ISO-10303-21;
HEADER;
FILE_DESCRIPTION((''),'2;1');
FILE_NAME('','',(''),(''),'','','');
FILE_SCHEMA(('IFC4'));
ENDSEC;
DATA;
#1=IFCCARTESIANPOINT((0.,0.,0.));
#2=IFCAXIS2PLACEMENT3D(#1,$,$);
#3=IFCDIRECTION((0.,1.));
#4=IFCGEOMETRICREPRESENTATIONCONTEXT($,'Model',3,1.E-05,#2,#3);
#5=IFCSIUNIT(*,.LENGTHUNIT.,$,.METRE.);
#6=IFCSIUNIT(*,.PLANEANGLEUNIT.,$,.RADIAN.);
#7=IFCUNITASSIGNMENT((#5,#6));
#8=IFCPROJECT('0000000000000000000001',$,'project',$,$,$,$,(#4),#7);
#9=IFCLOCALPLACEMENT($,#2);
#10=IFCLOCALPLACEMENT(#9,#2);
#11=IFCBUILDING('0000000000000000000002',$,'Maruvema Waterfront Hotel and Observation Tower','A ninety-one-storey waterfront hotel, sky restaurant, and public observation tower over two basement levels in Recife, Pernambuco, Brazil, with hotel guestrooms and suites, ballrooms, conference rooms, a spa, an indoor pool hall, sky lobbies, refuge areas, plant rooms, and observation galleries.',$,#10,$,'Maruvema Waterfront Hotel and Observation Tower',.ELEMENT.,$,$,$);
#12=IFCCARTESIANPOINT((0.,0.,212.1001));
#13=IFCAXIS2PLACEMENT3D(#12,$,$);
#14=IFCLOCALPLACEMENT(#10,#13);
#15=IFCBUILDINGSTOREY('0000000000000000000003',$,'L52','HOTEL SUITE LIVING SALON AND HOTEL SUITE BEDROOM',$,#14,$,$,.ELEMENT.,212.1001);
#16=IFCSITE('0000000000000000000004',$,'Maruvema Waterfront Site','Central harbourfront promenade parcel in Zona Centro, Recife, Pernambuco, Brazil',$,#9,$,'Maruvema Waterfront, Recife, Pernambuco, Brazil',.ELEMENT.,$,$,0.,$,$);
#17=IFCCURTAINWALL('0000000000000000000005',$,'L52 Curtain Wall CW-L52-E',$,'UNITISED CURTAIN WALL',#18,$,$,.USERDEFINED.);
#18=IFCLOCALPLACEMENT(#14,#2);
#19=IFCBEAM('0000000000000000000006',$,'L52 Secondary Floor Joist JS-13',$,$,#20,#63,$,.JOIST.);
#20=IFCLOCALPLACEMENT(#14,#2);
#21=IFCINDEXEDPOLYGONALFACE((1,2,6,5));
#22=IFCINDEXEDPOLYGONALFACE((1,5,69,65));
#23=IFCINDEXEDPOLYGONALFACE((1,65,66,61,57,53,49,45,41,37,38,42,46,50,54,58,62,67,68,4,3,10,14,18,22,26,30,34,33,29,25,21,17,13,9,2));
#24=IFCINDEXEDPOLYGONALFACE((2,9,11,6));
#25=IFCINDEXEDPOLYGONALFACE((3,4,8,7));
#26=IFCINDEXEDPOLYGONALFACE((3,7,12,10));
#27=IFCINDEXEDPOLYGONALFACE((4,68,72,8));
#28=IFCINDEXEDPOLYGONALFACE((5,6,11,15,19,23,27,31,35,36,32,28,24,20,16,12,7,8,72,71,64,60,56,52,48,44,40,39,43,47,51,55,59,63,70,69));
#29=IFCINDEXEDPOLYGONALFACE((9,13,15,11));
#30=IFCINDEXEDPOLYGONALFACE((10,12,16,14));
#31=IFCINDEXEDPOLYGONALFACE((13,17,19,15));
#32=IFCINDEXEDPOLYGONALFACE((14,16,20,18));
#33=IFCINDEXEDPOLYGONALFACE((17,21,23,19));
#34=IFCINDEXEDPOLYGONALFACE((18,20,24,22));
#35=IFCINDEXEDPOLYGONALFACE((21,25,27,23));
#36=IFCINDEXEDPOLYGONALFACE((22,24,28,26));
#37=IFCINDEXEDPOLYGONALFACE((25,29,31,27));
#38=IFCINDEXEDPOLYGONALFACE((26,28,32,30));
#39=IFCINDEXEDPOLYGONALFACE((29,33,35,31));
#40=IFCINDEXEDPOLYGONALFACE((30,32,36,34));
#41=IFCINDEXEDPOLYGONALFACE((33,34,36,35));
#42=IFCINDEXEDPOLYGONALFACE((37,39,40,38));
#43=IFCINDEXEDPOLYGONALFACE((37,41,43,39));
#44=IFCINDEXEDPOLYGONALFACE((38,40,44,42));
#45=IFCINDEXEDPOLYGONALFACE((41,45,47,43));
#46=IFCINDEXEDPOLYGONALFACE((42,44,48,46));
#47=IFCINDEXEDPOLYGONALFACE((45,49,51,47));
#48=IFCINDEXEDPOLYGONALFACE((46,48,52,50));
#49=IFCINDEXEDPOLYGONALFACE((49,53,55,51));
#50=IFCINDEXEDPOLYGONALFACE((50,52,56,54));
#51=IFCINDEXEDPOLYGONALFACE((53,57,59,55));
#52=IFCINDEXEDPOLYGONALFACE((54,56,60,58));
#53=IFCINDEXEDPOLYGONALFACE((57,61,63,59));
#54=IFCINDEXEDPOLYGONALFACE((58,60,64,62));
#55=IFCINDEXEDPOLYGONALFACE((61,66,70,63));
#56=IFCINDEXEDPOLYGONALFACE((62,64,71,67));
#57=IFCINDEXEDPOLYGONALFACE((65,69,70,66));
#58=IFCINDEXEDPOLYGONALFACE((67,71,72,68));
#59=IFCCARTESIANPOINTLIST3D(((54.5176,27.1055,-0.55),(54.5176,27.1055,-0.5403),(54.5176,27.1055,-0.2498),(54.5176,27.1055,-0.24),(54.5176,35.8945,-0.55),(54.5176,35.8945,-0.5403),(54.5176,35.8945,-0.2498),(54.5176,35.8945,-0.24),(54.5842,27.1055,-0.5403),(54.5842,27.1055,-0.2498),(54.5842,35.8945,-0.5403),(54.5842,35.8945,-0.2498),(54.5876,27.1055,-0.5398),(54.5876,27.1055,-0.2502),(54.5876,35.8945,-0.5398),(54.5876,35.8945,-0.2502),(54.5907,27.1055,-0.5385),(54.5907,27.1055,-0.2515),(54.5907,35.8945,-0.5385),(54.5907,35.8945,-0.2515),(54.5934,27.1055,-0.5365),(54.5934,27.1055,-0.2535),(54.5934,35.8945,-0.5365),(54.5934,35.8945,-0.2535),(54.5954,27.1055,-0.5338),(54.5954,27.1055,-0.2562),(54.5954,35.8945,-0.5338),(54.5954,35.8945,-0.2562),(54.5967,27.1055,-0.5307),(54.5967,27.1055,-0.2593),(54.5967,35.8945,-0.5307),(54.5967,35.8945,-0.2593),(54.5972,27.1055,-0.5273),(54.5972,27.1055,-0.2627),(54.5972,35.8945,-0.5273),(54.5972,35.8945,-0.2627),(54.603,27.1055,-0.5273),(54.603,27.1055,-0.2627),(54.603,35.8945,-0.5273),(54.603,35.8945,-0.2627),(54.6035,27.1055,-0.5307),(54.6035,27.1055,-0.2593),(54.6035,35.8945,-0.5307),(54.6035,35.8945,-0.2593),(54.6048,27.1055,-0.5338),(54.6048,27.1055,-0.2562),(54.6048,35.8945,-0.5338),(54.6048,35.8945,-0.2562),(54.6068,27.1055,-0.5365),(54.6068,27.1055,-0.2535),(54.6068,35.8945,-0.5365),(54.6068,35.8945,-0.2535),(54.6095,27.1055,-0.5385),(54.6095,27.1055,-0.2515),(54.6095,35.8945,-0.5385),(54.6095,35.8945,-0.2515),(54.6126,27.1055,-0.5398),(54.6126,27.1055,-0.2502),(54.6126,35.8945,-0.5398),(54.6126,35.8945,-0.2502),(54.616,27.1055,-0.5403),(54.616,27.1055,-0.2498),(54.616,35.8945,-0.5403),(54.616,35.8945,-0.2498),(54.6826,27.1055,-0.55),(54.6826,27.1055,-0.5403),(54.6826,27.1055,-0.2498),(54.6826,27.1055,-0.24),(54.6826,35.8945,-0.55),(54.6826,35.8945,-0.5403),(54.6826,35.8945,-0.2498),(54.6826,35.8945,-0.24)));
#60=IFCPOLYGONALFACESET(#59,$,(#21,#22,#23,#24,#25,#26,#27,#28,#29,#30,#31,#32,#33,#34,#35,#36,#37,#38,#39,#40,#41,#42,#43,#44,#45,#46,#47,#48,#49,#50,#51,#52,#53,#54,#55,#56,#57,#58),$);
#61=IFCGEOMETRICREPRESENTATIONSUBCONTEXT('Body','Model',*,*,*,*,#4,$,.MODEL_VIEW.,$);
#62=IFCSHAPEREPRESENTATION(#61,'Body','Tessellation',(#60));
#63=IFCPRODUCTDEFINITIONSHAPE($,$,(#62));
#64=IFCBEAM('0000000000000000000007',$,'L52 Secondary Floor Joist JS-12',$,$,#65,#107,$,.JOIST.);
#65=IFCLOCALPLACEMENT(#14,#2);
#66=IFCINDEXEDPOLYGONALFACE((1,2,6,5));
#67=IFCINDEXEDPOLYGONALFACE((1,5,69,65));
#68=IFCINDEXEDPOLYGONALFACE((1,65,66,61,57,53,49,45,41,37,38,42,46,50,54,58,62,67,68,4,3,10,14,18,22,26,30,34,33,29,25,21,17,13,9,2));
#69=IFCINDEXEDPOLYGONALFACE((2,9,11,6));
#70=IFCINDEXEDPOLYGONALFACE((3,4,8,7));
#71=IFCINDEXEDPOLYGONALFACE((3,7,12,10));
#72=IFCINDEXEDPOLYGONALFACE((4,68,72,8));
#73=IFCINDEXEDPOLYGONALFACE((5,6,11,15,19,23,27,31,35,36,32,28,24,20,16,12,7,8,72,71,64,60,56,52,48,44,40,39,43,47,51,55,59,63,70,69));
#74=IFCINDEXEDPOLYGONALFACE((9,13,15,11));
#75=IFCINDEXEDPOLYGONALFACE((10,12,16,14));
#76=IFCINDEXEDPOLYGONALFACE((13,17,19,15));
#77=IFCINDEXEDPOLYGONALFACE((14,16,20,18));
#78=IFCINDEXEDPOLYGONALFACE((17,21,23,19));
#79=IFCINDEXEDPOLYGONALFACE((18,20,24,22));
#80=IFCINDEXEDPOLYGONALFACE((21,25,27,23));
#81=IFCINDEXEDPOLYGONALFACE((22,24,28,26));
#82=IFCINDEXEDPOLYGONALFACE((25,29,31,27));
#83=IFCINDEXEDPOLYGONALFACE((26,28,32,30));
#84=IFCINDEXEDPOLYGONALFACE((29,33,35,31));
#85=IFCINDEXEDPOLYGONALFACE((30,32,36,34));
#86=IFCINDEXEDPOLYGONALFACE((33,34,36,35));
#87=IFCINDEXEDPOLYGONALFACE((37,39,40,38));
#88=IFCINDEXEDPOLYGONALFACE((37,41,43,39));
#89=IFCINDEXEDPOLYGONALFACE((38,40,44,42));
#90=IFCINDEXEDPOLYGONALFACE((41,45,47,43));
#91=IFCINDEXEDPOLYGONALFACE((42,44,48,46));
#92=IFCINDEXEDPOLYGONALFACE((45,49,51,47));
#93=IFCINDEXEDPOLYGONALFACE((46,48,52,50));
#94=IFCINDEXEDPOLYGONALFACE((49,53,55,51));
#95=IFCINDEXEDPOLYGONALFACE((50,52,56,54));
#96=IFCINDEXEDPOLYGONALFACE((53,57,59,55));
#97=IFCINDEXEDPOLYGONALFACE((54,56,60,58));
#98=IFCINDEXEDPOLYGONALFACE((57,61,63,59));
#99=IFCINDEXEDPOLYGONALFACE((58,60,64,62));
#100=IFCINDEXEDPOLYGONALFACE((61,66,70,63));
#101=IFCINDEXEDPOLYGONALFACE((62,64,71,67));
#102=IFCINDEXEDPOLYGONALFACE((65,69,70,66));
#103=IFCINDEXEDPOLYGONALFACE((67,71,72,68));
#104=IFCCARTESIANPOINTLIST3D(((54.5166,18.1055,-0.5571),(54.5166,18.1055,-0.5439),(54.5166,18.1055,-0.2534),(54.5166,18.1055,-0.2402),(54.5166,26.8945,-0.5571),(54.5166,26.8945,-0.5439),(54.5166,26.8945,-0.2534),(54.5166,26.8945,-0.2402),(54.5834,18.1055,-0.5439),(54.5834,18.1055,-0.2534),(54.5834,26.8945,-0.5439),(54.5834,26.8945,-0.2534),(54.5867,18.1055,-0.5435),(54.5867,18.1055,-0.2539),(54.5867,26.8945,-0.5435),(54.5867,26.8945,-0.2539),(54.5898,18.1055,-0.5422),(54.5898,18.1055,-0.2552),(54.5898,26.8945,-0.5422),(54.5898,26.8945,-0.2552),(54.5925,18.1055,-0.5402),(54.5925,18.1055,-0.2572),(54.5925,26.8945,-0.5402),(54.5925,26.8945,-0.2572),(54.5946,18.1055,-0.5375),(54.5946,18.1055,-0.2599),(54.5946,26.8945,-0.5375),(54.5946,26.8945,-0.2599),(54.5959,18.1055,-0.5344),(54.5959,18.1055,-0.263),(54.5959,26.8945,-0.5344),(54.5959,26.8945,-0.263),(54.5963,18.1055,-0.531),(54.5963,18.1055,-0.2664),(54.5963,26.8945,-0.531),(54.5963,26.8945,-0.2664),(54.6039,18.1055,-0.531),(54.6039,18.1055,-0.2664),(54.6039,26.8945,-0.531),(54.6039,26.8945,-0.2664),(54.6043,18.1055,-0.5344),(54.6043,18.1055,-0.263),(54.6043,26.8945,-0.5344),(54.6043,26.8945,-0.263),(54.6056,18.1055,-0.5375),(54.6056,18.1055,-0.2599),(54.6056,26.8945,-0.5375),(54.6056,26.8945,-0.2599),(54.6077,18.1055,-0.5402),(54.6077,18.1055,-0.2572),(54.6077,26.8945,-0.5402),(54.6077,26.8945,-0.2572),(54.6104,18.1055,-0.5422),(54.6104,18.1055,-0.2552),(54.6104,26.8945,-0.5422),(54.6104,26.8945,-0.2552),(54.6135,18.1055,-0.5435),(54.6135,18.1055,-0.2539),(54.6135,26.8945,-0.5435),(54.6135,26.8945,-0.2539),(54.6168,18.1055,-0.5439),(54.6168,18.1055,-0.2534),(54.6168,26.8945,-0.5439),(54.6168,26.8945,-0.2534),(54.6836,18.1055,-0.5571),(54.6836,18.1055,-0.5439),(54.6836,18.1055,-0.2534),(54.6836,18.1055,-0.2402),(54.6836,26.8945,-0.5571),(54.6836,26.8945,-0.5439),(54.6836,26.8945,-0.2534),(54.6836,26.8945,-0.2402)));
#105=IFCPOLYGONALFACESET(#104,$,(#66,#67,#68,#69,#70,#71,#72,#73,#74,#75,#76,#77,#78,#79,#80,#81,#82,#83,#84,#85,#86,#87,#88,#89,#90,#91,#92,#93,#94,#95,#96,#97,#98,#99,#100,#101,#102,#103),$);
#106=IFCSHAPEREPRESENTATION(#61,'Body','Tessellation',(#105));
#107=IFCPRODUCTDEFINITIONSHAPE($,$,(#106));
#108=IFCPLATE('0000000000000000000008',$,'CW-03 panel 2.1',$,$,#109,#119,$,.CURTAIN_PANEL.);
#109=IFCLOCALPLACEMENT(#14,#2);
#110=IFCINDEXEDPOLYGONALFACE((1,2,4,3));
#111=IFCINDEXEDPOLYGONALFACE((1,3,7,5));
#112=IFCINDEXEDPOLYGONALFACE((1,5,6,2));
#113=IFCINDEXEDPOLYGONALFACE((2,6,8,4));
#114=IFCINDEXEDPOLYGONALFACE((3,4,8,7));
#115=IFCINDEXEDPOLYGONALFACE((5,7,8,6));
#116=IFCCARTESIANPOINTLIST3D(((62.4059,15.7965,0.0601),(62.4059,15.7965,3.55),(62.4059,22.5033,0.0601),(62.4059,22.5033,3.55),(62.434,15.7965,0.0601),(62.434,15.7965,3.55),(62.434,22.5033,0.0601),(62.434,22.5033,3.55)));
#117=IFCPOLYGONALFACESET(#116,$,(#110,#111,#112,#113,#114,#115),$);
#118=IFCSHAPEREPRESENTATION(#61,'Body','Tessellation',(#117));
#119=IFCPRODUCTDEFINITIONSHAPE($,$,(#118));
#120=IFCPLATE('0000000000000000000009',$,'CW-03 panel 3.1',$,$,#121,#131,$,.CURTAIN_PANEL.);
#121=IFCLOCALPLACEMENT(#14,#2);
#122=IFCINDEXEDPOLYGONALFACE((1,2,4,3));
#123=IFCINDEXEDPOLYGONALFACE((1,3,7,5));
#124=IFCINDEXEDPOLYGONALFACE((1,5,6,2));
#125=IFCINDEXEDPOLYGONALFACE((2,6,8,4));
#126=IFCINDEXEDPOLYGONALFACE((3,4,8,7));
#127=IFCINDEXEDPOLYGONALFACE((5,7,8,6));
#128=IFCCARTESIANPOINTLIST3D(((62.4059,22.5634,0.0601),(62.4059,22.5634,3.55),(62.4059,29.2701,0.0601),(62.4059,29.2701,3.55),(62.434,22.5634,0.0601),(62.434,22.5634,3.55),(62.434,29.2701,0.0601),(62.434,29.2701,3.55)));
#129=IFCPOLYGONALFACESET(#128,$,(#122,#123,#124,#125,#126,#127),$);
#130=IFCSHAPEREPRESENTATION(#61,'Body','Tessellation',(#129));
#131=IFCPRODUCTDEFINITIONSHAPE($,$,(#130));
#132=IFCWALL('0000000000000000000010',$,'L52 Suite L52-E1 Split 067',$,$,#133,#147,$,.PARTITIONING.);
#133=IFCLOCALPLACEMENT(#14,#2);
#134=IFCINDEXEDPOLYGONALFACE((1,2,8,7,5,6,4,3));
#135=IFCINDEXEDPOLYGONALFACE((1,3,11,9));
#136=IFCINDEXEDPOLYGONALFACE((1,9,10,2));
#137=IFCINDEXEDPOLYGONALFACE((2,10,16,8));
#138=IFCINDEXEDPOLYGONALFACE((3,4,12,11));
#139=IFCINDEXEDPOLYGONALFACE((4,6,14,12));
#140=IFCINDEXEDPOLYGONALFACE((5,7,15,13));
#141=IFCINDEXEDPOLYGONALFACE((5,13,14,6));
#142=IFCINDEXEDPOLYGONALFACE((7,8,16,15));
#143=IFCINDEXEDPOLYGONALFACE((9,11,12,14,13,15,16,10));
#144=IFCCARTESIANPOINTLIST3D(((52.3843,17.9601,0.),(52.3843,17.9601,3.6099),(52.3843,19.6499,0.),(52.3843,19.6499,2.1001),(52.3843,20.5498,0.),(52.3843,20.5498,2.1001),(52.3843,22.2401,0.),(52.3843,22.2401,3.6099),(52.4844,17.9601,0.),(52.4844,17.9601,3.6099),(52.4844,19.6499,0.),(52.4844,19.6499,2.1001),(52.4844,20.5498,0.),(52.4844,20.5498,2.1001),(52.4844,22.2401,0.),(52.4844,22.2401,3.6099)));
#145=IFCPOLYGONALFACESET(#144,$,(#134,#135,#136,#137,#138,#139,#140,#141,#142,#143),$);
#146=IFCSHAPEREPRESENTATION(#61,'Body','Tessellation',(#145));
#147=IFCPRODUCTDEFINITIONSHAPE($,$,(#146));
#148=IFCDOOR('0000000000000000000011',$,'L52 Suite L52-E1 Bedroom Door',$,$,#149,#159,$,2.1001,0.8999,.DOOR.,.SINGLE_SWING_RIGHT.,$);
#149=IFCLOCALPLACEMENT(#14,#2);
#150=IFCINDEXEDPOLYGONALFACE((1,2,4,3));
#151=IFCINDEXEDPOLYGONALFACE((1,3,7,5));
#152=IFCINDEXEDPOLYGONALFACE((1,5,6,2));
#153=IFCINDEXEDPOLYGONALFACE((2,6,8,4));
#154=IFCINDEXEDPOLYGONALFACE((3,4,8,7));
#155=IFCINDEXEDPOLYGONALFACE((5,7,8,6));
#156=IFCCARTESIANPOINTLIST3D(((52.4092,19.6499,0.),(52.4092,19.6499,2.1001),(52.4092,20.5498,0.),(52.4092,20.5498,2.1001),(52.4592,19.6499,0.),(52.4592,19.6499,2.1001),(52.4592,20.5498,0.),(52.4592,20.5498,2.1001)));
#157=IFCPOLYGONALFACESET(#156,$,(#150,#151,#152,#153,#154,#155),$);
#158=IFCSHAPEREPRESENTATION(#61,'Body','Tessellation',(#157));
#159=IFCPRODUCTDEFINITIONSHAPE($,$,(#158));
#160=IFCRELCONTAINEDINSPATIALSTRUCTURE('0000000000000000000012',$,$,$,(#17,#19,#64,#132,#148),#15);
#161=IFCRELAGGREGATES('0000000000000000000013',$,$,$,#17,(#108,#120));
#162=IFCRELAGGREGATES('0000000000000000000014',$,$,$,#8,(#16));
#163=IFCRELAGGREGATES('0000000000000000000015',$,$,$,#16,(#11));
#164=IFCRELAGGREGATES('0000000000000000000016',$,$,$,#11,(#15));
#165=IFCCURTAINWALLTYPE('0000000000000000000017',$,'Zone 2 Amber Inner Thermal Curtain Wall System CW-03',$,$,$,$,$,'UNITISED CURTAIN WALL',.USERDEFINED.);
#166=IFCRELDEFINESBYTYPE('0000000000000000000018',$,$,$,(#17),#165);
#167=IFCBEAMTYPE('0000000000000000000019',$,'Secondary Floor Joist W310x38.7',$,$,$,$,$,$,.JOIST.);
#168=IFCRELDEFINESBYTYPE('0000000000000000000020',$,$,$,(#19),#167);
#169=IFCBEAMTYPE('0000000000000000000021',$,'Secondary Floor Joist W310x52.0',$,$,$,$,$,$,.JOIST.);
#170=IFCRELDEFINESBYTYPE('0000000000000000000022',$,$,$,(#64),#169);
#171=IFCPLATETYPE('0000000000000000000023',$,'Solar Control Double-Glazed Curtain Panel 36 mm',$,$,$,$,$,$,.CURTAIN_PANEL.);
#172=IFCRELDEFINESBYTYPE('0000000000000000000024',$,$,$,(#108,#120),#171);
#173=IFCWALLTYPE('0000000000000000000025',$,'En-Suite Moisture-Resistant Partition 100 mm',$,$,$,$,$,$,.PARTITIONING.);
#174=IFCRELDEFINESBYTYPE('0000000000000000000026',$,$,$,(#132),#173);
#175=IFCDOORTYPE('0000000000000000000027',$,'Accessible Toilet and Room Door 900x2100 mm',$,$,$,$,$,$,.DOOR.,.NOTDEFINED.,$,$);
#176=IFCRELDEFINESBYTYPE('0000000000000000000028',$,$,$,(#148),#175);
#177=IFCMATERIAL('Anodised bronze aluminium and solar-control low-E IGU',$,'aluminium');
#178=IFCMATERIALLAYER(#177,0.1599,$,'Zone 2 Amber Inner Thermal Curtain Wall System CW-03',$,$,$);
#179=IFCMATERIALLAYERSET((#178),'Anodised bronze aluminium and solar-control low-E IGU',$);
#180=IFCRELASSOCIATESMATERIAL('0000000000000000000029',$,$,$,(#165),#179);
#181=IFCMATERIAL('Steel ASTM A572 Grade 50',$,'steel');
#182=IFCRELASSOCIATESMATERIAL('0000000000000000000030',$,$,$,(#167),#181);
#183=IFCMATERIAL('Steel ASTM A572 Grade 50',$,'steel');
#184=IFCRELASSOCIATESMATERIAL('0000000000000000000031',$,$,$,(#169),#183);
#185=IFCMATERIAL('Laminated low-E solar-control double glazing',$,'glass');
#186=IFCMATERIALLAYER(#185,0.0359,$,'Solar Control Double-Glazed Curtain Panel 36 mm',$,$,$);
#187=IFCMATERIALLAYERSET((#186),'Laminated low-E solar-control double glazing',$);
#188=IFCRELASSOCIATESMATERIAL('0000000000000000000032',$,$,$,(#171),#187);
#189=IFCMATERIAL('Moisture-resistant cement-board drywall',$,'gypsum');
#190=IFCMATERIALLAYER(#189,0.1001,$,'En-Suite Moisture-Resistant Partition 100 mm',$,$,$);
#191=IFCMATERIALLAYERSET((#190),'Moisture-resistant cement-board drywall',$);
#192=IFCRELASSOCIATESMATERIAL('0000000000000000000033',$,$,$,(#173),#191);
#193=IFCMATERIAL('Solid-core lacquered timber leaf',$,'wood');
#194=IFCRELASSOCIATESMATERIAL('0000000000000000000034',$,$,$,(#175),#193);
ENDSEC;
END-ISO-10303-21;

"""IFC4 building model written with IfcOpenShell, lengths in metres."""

from ifc_helpers import new_model, si_unit, direction, frame, frame_2d, origin, origin_2d, place, context, subcontext, project, spatial, rectangle, i_section, extrude, material, layer, layer_set, material_profile, profile_set, type_object, element, fill, aggregate, save


model = new_model("IFC4")

# Units and contexts
model_context = context("Model", 3, precision=1e-05, world=origin(), true_north=direction((0.0, 1.0)))
body_context = subcontext(model_context, "Body", "Model", "MODEL_VIEW")
ifc_project = project(units=[si_unit("LENGTHUNIT", "METRE"), si_unit("PLANEANGLEUNIT", "RADIAN")], contexts=[model_context])

# Site, building, storey
site_placement = place(None, origin())
site = spatial("IfcSite", under=ifc_project, at=site_placement, Name="Maruvema Waterfront Site", Description="Central harbourfront promenade parcel in Zona Centro, Recife, Pernambuco, Brazil", LongName="Maruvema Waterfront, Recife, Pernambuco, Brazil", CompositionType="ELEMENT", RefElevation=0.0)
building_placement = place(site_placement, origin())
building = spatial("IfcBuilding", under=site, at=building_placement, Name="Maruvema Waterfront Hotel and Observation Tower", Description="A ninety-one-storey waterfront hotel, sky restaurant, and public observation tower over two basement levels in Recife, Pernambuco, Brazil, with hotel guestrooms and suites, ballrooms, conference rooms, a spa, an indoor pool hall, sky lobbies, refuge areas, plant rooms, and observation galleries.", LongName="Maruvema Waterfront Hotel and Observation Tower", CompositionType="ELEMENT")
storey_placement = place(building_placement, frame((0.0, 0.0, 212.1001)))
storey = spatial("IfcBuildingStorey", under=building, at=storey_placement, Name="L52", Description="HOTEL SUITE LIVING SALON AND HOTEL SUITE BEDROOM", CompositionType="ELEMENT", Elevation=212.1001)

# Curtain wall
ifc_material_1 = material(Name="Anodised bronze aluminium and solar-control low-E IGU", Category="aluminium")
ifc_layer_1 = layer(ifc_material_1, 0.1599, Name="Zone 2 Amber Inner Thermal Curtain Wall System CW-03")
ifc_layer_set_1 = layer_set([ifc_layer_1], Name="Anodised bronze aluminium and solar-control low-E IGU")
curtain_wall_type = type_object("IfcCurtainWallType", Name="Zone 2 Amber Inner Thermal Curtain Wall System CW-03", ElementType="UNITISED CURTAIN WALL", PredefinedType="USERDEFINED", material=ifc_layer_set_1)
curtain_wall_placement = place(storey_placement, origin())
curtain_wall = element("IfcCurtainWall", 1, at=curtain_wall_placement, inside=storey, type_object=curtain_wall_type, Name="L52 Curtain Wall CW-L52-E", ObjectType="UNITISED CURTAIN WALL", PredefinedType="USERDEFINED")

# Beams
ifc_material_2 = material(Name="Steel ASTM A572 Grade 50", Category="steel")
ifc_material_profile_1 = material_profile(ifc_material_2, i_section(OverallWidth=0.165, OverallDepth=0.3101, WebThickness=0.0059, FlangeThickness=0.0098, FilletRadius=0.0129, at=origin_2d()), Name="W310x38.7")
ifc_profile_set_1 = profile_set([ifc_material_profile_1], Name="Steel ASTM A572 Grade 50")
beam_type_1 = type_object("IfcBeamType", Name="Secondary Floor Joist W310x38.7", PredefinedType="JOIST", material=ifc_profile_set_1)
beam_1_placement = place(storey_placement, frame((54.6001, 27.1055, -0.395), z_axis=(0.0, 1.0, 0.0), x_axis=(-1.0, 0.0, 0.0)))
element("IfcBeam", 2, at=beam_1_placement, inside=storey, type_object=beam_type_1, Name="L52 Secondary Floor Joist JS-13", PredefinedType="JOIST", context=body_context, shape_type="SweptSolid", body=[
    extrude(i_section(OverallWidth=0.165, OverallDepth=0.3101, WebThickness=0.0059, FlangeThickness=0.0098, FilletRadius=0.0129, at=origin_2d()), origin(), (0.0, 0.0, 1.0), 8.7891),
])
ifc_material_3 = material(Name="Steel ASTM A572 Grade 50", Category="steel")
ifc_material_profile_2 = material_profile(ifc_material_3, i_section(OverallWidth=0.167, OverallDepth=0.3169, WebThickness=0.0076, FlangeThickness=0.0132, FilletRadius=0.0129, at=origin_2d()), Name="W310x52.0")
ifc_profile_set_2 = profile_set([ifc_material_profile_2], Name="Steel ASTM A572 Grade 50")
beam_type_2 = type_object("IfcBeamType", Name="Secondary Floor Joist W310x52.0", PredefinedType="JOIST", material=ifc_profile_set_2)
beam_2_placement = place(storey_placement, frame((54.6001, 18.1055, -0.3987), z_axis=(0.0, 1.0, 0.0), x_axis=(-1.0, 0.0, 0.0)))
element("IfcBeam", 3, at=beam_2_placement, inside=storey, type_object=beam_type_2, Name="L52 Secondary Floor Joist JS-12", PredefinedType="JOIST", context=body_context, shape_type="SweptSolid", body=[
    extrude(i_section(OverallWidth=0.167, OverallDepth=0.3169, WebThickness=0.0076, FlangeThickness=0.0132, FilletRadius=0.0129, at=origin_2d()), origin(), (0.0, 0.0, 1.0), 8.7891),
])

# Plates
ifc_material_4 = material(Name="Laminated low-E solar-control double glazing", Category="glass")
ifc_layer_2 = layer(ifc_material_4, 0.0359, Name="Solar Control Double-Glazed Curtain Panel 36 mm")
ifc_layer_set_2 = layer_set([ifc_layer_2], Name="Laminated low-E solar-control double glazing")
plate_type = type_object("IfcPlateType", Name="Solar Control Double-Glazed Curtain Panel 36 mm", PredefinedType="CURTAIN_PANEL", material=ifc_layer_set_2)
plate_1_placement = place(storey_placement, frame((62.4199, 19.1499, 0.0601), z_axis=(0.0, 0.0, 1.0), x_axis=(0.0, 1.0, 0.0)))
plate_1 = element("IfcPlate", 4, at=plate_1_placement, type_object=plate_type, Name="CW-03 panel 2.1", PredefinedType="CURTAIN_PANEL", context=body_context, shape_type="SweptSolid", body=[
    extrude(rectangle(XDim=6.7068, YDim=0.0281, at=origin_2d()), origin(), (0.0, 0.0, 1.0), 3.49),
])
plate_2_placement = place(storey_placement, frame((62.4199, 25.9167, 0.0601), z_axis=(0.0, 0.0, 1.0), x_axis=(0.0, 1.0, 0.0)))
plate_2 = element("IfcPlate", 5, at=plate_2_placement, type_object=plate_type, Name="CW-03 panel 3.1", PredefinedType="CURTAIN_PANEL", context=body_context, shape_type="SweptSolid", body=[
    extrude(rectangle(XDim=6.7068, YDim=0.0281, at=origin_2d()), origin(), (0.0, 0.0, 1.0), 3.49),
])
aggregate(curtain_wall, [plate_1, plate_2])

# Wall, opening, door
ifc_material_5 = material(Name="Moisture-resistant cement-board drywall", Category="gypsum")
ifc_layer_3 = layer(ifc_material_5, 0.1001, Name="En-Suite Moisture-Resistant Partition 100 mm")
ifc_layer_set_3 = layer_set([ifc_layer_3], Name="Moisture-resistant cement-board drywall")
wall_type = type_object("IfcWallType", Name="En-Suite Moisture-Resistant Partition 100 mm", PredefinedType="PARTITIONING", material=ifc_layer_set_3)
wall_1_placement = place(storey_placement, frame((52.4343, 17.96, 0.0), z_axis=(0.0, 0.0, 1.0), x_axis=(0.0, 1.0, 0.0)))
wall_1 = element("IfcWall", 6, at=wall_1_placement, inside=storey, type_object=wall_type, Name="L52 Suite L52-E1 Split 067", PredefinedType="PARTITIONING", context=body_context, shape_type="SweptSolid", body=[
    extrude(rectangle(XDim=4.28, YDim=0.1001, at=frame_2d((2.1401, 0.0))), origin(), (0.0, 0.0, 1.0), 3.6099),
])
opening_1_placement = place(wall_1_placement, frame((1.6899, 0.0, 0.0)))
opening_1 = element("IfcOpeningElement", 7, at=opening_1_placement, cuts=wall_1, PredefinedType="OPENING", context=body_context, shape_type="SweptSolid", body=[
    extrude(rectangle(XDim=0.8999, YDim=2.1001, at=frame_2d((0.45, 1.05))), frame((0.0, 0.0601, 0.0), z_axis=(0.0, -1.0, 0.0), x_axis=(1.0, 0.0, 0.0)), (0.0, 0.0, 1.0), 0.1201),
])
ifc_material_6 = material(Name="Solid-core lacquered timber leaf", Category="wood")
door_type = type_object("IfcDoorType", Name="Accessible Toilet and Room Door 900x2100 mm", OperationType="NOTDEFINED", PredefinedType="DOOR", material=ifc_material_6)
door_1_placement = place(opening_1_placement, frame((0.8999, 0.0, 0.0), z_axis=(0.0, 0.0, 1.0), x_axis=(-1.0, 0.0, 0.0)))
door_1 = element("IfcDoor", 8, at=door_1_placement, inside=storey, type_object=door_type, Name="L52 Suite L52-E1 Bedroom Door", OperationType="SINGLE_SWING_RIGHT", OverallHeight=2.1001, OverallWidth=0.8999, PredefinedType="DOOR", context=body_context, shape_type="SweptSolid", body=[
    extrude(rectangle(XDim=0.8999, YDim=2.1001, at=frame_2d((0.45, 1.05))), frame((0.0, 0.0249, 0.0), z_axis=(0.0, -1.0, 0.0), x_axis=(1.0, 0.0, 0.0)), (0.0, 0.0, 1.0), 0.05),
])
fill(opening_1, door_1)

save(model, "model.ifc")
